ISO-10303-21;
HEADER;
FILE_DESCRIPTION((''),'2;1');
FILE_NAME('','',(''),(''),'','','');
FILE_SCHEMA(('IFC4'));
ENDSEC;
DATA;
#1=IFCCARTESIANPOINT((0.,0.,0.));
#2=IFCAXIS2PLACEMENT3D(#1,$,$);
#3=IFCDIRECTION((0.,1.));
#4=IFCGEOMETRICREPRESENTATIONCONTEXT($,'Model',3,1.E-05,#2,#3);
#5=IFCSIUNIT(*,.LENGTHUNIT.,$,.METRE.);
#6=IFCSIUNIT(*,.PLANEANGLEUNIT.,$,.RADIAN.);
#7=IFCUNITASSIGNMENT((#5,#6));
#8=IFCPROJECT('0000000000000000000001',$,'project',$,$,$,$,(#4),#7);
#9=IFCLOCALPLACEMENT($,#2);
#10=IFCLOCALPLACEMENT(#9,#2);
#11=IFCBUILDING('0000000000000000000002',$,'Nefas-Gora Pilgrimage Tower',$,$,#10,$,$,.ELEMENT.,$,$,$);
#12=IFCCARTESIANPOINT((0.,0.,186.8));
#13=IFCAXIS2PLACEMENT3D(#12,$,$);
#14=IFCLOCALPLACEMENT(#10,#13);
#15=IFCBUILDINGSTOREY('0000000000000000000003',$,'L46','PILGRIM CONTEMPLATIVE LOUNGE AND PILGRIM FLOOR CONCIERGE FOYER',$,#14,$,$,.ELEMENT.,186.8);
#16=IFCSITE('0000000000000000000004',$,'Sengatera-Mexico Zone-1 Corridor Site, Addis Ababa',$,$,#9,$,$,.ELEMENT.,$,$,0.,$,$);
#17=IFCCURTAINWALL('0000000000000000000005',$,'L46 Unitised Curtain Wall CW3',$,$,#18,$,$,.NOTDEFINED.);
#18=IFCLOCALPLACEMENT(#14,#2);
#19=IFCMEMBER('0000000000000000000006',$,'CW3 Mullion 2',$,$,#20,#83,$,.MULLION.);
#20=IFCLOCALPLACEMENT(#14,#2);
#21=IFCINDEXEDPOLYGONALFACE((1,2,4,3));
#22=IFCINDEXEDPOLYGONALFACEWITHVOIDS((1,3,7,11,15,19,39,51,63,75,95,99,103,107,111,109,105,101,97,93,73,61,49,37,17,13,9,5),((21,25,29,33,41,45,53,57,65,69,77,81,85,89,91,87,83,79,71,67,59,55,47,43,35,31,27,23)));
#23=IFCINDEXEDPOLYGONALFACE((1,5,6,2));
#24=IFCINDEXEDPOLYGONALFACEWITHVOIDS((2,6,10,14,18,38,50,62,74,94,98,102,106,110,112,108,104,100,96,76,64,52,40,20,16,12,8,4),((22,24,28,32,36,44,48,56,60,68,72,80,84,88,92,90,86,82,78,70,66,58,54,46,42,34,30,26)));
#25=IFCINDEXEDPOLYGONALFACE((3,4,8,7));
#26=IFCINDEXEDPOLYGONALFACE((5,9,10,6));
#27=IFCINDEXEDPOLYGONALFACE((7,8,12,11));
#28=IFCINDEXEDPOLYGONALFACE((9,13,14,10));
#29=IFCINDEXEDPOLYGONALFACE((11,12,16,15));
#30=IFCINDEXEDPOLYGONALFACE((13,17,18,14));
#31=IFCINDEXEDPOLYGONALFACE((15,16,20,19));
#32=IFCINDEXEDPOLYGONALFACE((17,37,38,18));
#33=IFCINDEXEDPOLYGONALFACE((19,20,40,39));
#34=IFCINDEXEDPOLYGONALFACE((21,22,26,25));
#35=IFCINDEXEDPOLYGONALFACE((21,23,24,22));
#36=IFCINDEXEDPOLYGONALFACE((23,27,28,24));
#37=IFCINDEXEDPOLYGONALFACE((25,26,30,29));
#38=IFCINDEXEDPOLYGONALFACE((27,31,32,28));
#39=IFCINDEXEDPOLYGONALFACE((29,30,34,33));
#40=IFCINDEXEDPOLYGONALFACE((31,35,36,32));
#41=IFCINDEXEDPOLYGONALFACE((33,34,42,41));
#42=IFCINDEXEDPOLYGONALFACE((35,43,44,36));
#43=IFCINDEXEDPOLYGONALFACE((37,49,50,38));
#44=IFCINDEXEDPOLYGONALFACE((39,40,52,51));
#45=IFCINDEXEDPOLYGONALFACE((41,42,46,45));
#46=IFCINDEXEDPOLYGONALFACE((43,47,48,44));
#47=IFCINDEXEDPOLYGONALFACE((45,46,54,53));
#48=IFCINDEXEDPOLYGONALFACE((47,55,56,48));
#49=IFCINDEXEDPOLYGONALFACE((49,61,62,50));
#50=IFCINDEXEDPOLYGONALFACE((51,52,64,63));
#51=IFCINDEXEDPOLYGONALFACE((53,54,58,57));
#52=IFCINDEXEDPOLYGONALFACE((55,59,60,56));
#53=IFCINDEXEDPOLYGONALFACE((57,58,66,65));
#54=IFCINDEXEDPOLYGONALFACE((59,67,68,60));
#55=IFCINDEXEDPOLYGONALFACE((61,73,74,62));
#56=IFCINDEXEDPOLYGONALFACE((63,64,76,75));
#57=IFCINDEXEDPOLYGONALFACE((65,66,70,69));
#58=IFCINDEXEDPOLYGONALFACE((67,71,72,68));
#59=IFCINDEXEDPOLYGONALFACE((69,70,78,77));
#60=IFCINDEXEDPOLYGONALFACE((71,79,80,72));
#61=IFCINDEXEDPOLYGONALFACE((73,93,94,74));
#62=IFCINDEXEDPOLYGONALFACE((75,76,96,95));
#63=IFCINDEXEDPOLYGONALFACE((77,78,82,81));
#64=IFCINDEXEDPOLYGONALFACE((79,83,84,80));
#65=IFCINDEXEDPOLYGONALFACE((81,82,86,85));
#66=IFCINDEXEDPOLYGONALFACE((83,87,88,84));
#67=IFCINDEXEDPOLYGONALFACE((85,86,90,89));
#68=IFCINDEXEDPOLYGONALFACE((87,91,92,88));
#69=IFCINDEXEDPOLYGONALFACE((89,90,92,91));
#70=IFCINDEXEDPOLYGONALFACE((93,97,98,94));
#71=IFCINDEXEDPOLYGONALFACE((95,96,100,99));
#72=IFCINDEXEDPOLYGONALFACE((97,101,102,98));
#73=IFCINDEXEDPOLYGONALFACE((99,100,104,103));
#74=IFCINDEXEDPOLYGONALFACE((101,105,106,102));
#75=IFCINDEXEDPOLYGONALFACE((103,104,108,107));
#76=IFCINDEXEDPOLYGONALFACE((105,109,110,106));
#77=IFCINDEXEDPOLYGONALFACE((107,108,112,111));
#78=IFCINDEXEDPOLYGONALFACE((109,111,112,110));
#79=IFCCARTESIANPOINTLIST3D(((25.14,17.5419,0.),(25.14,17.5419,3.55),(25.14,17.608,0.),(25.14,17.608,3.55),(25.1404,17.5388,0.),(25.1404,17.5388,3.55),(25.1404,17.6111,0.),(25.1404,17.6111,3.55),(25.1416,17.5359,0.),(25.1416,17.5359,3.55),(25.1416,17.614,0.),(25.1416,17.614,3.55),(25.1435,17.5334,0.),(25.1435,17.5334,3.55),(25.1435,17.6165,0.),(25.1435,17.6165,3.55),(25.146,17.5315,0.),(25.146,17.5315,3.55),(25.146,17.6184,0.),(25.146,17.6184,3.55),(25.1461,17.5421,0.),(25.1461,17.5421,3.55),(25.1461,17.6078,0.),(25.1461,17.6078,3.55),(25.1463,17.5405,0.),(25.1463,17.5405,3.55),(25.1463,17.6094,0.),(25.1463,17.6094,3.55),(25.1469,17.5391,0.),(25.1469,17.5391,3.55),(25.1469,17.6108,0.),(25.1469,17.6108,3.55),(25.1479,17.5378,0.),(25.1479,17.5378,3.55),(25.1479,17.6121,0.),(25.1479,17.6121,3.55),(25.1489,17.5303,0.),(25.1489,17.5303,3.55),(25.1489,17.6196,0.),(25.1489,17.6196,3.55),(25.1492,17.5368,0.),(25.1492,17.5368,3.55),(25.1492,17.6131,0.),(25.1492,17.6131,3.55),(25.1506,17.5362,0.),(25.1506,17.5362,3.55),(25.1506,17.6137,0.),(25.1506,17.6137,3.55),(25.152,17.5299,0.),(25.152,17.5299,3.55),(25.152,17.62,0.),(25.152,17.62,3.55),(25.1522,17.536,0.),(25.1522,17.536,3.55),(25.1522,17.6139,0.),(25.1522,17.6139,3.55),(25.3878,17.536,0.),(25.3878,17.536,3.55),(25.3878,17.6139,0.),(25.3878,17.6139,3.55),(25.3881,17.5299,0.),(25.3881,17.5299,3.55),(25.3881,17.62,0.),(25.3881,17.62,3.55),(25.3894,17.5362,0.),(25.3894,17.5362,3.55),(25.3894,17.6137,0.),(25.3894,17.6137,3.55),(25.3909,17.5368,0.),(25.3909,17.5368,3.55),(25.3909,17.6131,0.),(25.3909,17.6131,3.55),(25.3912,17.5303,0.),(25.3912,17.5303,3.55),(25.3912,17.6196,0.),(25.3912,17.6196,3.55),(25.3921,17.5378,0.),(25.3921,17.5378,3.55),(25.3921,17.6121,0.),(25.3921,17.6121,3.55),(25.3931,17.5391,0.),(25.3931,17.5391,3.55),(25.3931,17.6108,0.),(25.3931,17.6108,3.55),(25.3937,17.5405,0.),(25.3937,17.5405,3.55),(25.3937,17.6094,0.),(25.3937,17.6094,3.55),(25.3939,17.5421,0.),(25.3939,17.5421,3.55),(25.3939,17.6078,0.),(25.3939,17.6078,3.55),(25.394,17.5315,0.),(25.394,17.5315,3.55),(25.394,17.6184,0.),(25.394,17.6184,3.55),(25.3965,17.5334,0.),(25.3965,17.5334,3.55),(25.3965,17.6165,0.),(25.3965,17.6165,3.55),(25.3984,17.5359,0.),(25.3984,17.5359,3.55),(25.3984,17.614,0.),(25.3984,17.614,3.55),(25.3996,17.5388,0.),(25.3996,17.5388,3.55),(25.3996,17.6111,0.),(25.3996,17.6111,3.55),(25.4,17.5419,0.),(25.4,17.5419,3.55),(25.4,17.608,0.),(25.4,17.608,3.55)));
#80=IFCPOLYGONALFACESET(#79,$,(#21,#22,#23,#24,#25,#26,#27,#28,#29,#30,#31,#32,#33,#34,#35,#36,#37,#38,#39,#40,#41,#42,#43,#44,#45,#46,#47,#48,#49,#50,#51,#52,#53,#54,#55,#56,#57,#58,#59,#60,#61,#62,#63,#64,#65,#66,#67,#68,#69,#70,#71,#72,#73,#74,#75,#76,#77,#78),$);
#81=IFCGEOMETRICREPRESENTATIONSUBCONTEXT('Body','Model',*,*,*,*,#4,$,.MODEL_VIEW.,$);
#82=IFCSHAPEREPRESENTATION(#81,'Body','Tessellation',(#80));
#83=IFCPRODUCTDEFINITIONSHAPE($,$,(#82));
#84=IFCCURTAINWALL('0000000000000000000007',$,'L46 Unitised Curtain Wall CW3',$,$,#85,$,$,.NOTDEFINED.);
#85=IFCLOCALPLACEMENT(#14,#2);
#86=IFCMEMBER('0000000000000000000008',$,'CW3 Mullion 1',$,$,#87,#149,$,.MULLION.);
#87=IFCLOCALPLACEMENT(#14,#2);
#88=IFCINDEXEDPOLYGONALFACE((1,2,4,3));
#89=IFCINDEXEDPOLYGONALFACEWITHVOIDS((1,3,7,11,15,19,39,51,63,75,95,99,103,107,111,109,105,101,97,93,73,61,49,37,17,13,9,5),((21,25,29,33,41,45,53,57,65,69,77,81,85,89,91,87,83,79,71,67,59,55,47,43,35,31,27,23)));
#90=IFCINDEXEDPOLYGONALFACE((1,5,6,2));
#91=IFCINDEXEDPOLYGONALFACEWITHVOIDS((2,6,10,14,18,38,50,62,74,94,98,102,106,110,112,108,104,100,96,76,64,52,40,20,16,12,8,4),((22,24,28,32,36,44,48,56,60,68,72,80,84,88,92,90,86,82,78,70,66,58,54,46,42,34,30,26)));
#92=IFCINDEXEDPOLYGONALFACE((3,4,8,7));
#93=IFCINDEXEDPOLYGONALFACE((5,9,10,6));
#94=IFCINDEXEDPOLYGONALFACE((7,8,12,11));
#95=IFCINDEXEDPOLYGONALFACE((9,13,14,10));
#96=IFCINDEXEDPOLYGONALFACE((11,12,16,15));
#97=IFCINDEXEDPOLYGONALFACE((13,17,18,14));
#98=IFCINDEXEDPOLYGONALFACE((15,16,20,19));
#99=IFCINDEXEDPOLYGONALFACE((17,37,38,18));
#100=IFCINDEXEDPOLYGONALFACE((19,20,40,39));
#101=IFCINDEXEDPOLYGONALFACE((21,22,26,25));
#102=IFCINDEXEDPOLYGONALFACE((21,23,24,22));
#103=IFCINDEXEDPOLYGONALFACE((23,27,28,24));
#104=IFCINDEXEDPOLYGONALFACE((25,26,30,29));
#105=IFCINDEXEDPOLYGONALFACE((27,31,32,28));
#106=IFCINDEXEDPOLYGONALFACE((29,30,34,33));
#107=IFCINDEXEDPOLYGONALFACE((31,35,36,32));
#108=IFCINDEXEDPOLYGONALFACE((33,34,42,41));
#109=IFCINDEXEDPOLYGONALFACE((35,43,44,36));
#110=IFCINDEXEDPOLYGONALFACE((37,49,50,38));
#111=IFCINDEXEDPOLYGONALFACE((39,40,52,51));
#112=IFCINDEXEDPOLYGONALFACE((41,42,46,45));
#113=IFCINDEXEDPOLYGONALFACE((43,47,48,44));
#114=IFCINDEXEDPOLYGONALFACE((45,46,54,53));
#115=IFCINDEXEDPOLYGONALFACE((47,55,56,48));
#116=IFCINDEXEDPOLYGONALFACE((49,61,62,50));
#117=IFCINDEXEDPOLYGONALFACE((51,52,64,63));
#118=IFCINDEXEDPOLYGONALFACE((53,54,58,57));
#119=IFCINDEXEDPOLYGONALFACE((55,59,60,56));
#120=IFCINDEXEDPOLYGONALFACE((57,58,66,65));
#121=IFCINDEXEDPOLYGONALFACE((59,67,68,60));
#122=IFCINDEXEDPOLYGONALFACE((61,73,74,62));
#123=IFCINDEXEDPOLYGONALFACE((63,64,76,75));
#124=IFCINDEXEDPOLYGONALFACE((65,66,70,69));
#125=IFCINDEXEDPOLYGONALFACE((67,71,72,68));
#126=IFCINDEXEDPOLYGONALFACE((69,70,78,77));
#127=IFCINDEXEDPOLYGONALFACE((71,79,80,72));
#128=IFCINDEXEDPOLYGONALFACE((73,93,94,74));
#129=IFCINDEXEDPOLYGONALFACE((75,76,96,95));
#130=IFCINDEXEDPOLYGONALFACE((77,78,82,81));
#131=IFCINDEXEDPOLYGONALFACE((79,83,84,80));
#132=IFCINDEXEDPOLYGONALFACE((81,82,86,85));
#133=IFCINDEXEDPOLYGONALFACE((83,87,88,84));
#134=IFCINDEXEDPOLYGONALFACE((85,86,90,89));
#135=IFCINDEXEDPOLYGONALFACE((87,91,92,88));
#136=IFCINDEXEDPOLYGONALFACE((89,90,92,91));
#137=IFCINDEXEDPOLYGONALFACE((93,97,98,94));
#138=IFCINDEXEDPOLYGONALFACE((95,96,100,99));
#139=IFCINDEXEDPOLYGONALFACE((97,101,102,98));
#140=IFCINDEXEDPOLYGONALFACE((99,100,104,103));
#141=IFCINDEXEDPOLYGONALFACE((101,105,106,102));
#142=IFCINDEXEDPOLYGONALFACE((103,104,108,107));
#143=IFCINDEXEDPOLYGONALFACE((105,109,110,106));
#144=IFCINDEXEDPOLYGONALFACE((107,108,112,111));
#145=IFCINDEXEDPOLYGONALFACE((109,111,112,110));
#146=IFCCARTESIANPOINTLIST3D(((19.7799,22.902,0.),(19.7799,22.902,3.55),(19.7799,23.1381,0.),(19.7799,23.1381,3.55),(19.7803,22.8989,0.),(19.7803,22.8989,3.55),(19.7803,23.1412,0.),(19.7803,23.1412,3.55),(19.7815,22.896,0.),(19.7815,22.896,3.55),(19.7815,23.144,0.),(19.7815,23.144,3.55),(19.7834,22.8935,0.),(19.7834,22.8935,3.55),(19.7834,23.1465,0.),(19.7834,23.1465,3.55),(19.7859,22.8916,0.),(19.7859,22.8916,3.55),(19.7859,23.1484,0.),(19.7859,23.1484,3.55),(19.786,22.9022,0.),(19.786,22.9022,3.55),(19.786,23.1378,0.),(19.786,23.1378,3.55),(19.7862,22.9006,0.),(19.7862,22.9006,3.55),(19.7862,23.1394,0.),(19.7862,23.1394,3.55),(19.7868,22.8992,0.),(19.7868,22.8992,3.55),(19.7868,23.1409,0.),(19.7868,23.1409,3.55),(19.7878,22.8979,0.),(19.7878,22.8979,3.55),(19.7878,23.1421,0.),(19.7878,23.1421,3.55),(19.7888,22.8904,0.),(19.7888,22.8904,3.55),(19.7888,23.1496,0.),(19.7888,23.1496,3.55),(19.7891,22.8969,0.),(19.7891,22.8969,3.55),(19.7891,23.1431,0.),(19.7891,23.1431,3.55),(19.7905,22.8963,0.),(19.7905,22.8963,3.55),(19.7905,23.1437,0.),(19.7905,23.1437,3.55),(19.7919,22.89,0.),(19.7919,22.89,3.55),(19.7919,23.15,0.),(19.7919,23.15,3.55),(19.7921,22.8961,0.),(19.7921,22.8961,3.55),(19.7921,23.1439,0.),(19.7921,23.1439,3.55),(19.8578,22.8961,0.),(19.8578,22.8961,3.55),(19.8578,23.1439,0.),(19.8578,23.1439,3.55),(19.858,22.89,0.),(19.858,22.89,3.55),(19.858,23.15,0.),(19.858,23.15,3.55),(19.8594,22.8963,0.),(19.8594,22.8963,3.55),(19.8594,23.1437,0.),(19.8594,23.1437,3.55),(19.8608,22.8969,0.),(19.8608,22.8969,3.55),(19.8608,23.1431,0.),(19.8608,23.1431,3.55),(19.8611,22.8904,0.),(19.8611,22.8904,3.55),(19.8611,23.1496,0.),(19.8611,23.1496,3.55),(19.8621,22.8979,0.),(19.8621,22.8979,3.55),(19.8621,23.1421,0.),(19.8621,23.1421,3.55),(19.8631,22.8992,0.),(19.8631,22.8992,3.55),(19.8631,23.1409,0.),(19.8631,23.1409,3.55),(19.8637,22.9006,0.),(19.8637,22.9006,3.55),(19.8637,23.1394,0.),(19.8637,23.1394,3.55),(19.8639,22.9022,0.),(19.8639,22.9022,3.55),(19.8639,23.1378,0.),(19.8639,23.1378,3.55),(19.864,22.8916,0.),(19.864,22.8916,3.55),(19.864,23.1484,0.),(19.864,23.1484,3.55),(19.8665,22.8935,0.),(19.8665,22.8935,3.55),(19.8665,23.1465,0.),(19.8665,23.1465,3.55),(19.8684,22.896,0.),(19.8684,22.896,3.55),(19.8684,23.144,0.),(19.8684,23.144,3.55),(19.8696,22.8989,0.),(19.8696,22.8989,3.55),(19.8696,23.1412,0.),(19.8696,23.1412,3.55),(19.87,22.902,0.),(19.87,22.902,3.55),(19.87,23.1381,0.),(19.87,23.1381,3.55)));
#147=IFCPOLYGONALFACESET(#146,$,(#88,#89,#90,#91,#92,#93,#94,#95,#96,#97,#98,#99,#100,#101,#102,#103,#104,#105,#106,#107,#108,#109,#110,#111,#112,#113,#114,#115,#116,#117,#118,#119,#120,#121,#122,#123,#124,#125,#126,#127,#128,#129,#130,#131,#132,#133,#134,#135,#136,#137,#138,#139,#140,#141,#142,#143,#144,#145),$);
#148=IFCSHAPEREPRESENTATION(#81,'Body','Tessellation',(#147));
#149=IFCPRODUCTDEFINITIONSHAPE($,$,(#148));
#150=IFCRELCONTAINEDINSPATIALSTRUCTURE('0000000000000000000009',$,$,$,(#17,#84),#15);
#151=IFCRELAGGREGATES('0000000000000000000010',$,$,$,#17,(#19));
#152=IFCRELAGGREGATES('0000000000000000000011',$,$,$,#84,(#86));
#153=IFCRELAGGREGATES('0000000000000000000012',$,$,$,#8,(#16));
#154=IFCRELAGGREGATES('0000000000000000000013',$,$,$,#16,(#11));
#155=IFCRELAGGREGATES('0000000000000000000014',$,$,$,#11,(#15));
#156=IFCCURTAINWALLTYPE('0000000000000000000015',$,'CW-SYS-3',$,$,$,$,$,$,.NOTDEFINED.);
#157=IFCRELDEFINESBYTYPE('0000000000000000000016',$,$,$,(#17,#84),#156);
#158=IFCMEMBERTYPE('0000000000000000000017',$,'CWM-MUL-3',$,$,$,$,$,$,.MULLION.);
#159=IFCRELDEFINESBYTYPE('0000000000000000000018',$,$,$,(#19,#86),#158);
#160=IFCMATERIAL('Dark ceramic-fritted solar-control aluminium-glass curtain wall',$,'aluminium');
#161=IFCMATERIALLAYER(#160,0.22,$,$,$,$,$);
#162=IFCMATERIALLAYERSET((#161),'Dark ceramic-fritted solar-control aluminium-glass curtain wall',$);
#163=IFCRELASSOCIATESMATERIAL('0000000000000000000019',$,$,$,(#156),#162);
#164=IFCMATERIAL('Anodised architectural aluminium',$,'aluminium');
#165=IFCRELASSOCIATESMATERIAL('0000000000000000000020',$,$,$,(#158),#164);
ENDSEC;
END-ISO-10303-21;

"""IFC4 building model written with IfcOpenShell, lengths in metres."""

from ifc_helpers import new_model, si_unit, direction, frame, origin, origin_2d, place, context, subcontext, project, spatial, hollow_rectangle, extrude, source, transform, mapped, material, layer, layer_set, material_profile, profile_set, type_object, element, aggregate, save


model = new_model("IFC4")

# Units and contexts
model_context = context("Model", 3, precision=1e-05, world=origin(), true_north=direction((0.0, 1.0)))
body_context = subcontext(model_context, "Body", "Model", "MODEL_VIEW")
ifc_project = project(units=[si_unit("LENGTHUNIT", "METRE"), si_unit("PLANEANGLEUNIT", "RADIAN")], contexts=[model_context])

# Site, building, storey
site_placement = place(None, origin())
site = spatial("IfcSite", under=ifc_project, at=site_placement, Name="Sengatera-Mexico Zone-1 Corridor Site, Addis Ababa", CompositionType="ELEMENT", RefElevation=0.0)
building_placement = place(site_placement, origin())
building = spatial("IfcBuilding", under=site, at=building_placement, Name="Nefas-Gora Pilgrimage Tower", CompositionType="ELEMENT")
storey_placement = place(building_placement, frame((0.0, 0.0, 186.8)))
storey = spatial("IfcBuildingStorey", under=building, at=storey_placement, Name="L46", Description="PILGRIM CONTEMPLATIVE LOUNGE AND PILGRIM FLOOR CONCIERGE FOYER", CompositionType="ELEMENT", Elevation=186.8)

# Curtain wall, member
ifc_material_1 = material(Name="Dark ceramic-fritted solar-control aluminium-glass curtain wall", Category="aluminium")
ifc_layer_1 = layer(ifc_material_1, 0.22)
ifc_layer_set_1 = layer_set([ifc_layer_1], Name="Dark ceramic-fritted solar-control aluminium-glass curtain wall")
curtain_wall_type = type_object("IfcCurtainWallType", Name="CW-SYS-3", PredefinedType="NOTDEFINED", material=ifc_layer_set_1)
curtain_wall_1_placement = place(storey_placement, origin())
curtain_wall_1 = element("IfcCurtainWall", 1, at=curtain_wall_1_placement, inside=storey, type_object=curtain_wall_type, Name="L46 Unitised Curtain Wall CW3", PredefinedType="NOTDEFINED")
ifc_material_2 = material(Name="Anodised architectural aluminium", Category="aluminium")
ifc_material_profile_1 = material_profile(ifc_material_2, hollow_rectangle(XDim=0.0901, YDim=0.26, WallThickness=0.0061, InnerFilletRadius=0.0061, OuterFilletRadius=0.012, at=origin_2d()), Name="ALU MULLION 90x260")
ifc_profile_set_1 = profile_set([ifc_material_profile_1], Name="Anodised architectural aluminium")
member_type_1 = type_object("IfcMemberType", Name="CWM-MUL-3", PredefinedType="MULLION", material=ifc_profile_set_1)
shared_shape_1 = source(origin(), body_context, "Body", "SweptSolid", [
    extrude(hollow_rectangle(XDim=0.0901, YDim=0.26, WallThickness=0.0061, InnerFilletRadius=0.0061, OuterFilletRadius=0.012, at=origin_2d()), origin(), (0.0, 0.0, 1.0), 3.55),
])
member_1_placement = place(storey_placement, frame((25.27, 17.575, 0.0), z_axis=(0.0, 0.0, 1.0), x_axis=(0.0, 1.0, 0.0)))
member_1 = element("IfcMember", 2, at=member_1_placement, type_object=member_type_1, Name="CW3 Mullion 2", PredefinedType="MULLION", context=body_context, shape_type="MappedRepresentation", body=[
    mapped(shared_shape_1, transform((0.0, 0.0, 0.0), x_axis=(1.0, 0.0, 0.0), y_axis=(0.0, 1.0, 0.0), z_axis=(0.0, 0.0, 1.0), scale=1.0)),
])
aggregate(curtain_wall_1, [member_1])

# Curtain wall, member
curtain_wall_2_placement = place(storey_placement, origin())
curtain_wall_2 = element("IfcCurtainWall", 3, at=curtain_wall_2_placement, inside=storey, type_object=curtain_wall_type, Name="L46 Unitised Curtain Wall CW3", PredefinedType="NOTDEFINED")
member_2_placement = place(storey_placement, frame((19.825, 23.02, 0.0), z_axis=(0.0, 0.0, 1.0), x_axis=(-1.0, 0.0, 0.0)))
member_2 = element("IfcMember", 4, at=member_2_placement, type_object=member_type_1, Name="CW3 Mullion 1", PredefinedType="MULLION", context=body_context, shape_type="MappedRepresentation", body=[
    mapped(shared_shape_1, transform((0.0, 0.0, 0.0), x_axis=(1.0, 0.0, 0.0), y_axis=(0.0, 1.0, 0.0), z_axis=(0.0, 0.0, 1.0), scale=1.0)),
])
aggregate(curtain_wall_2, [member_2])

save(model, "model.ifc")
